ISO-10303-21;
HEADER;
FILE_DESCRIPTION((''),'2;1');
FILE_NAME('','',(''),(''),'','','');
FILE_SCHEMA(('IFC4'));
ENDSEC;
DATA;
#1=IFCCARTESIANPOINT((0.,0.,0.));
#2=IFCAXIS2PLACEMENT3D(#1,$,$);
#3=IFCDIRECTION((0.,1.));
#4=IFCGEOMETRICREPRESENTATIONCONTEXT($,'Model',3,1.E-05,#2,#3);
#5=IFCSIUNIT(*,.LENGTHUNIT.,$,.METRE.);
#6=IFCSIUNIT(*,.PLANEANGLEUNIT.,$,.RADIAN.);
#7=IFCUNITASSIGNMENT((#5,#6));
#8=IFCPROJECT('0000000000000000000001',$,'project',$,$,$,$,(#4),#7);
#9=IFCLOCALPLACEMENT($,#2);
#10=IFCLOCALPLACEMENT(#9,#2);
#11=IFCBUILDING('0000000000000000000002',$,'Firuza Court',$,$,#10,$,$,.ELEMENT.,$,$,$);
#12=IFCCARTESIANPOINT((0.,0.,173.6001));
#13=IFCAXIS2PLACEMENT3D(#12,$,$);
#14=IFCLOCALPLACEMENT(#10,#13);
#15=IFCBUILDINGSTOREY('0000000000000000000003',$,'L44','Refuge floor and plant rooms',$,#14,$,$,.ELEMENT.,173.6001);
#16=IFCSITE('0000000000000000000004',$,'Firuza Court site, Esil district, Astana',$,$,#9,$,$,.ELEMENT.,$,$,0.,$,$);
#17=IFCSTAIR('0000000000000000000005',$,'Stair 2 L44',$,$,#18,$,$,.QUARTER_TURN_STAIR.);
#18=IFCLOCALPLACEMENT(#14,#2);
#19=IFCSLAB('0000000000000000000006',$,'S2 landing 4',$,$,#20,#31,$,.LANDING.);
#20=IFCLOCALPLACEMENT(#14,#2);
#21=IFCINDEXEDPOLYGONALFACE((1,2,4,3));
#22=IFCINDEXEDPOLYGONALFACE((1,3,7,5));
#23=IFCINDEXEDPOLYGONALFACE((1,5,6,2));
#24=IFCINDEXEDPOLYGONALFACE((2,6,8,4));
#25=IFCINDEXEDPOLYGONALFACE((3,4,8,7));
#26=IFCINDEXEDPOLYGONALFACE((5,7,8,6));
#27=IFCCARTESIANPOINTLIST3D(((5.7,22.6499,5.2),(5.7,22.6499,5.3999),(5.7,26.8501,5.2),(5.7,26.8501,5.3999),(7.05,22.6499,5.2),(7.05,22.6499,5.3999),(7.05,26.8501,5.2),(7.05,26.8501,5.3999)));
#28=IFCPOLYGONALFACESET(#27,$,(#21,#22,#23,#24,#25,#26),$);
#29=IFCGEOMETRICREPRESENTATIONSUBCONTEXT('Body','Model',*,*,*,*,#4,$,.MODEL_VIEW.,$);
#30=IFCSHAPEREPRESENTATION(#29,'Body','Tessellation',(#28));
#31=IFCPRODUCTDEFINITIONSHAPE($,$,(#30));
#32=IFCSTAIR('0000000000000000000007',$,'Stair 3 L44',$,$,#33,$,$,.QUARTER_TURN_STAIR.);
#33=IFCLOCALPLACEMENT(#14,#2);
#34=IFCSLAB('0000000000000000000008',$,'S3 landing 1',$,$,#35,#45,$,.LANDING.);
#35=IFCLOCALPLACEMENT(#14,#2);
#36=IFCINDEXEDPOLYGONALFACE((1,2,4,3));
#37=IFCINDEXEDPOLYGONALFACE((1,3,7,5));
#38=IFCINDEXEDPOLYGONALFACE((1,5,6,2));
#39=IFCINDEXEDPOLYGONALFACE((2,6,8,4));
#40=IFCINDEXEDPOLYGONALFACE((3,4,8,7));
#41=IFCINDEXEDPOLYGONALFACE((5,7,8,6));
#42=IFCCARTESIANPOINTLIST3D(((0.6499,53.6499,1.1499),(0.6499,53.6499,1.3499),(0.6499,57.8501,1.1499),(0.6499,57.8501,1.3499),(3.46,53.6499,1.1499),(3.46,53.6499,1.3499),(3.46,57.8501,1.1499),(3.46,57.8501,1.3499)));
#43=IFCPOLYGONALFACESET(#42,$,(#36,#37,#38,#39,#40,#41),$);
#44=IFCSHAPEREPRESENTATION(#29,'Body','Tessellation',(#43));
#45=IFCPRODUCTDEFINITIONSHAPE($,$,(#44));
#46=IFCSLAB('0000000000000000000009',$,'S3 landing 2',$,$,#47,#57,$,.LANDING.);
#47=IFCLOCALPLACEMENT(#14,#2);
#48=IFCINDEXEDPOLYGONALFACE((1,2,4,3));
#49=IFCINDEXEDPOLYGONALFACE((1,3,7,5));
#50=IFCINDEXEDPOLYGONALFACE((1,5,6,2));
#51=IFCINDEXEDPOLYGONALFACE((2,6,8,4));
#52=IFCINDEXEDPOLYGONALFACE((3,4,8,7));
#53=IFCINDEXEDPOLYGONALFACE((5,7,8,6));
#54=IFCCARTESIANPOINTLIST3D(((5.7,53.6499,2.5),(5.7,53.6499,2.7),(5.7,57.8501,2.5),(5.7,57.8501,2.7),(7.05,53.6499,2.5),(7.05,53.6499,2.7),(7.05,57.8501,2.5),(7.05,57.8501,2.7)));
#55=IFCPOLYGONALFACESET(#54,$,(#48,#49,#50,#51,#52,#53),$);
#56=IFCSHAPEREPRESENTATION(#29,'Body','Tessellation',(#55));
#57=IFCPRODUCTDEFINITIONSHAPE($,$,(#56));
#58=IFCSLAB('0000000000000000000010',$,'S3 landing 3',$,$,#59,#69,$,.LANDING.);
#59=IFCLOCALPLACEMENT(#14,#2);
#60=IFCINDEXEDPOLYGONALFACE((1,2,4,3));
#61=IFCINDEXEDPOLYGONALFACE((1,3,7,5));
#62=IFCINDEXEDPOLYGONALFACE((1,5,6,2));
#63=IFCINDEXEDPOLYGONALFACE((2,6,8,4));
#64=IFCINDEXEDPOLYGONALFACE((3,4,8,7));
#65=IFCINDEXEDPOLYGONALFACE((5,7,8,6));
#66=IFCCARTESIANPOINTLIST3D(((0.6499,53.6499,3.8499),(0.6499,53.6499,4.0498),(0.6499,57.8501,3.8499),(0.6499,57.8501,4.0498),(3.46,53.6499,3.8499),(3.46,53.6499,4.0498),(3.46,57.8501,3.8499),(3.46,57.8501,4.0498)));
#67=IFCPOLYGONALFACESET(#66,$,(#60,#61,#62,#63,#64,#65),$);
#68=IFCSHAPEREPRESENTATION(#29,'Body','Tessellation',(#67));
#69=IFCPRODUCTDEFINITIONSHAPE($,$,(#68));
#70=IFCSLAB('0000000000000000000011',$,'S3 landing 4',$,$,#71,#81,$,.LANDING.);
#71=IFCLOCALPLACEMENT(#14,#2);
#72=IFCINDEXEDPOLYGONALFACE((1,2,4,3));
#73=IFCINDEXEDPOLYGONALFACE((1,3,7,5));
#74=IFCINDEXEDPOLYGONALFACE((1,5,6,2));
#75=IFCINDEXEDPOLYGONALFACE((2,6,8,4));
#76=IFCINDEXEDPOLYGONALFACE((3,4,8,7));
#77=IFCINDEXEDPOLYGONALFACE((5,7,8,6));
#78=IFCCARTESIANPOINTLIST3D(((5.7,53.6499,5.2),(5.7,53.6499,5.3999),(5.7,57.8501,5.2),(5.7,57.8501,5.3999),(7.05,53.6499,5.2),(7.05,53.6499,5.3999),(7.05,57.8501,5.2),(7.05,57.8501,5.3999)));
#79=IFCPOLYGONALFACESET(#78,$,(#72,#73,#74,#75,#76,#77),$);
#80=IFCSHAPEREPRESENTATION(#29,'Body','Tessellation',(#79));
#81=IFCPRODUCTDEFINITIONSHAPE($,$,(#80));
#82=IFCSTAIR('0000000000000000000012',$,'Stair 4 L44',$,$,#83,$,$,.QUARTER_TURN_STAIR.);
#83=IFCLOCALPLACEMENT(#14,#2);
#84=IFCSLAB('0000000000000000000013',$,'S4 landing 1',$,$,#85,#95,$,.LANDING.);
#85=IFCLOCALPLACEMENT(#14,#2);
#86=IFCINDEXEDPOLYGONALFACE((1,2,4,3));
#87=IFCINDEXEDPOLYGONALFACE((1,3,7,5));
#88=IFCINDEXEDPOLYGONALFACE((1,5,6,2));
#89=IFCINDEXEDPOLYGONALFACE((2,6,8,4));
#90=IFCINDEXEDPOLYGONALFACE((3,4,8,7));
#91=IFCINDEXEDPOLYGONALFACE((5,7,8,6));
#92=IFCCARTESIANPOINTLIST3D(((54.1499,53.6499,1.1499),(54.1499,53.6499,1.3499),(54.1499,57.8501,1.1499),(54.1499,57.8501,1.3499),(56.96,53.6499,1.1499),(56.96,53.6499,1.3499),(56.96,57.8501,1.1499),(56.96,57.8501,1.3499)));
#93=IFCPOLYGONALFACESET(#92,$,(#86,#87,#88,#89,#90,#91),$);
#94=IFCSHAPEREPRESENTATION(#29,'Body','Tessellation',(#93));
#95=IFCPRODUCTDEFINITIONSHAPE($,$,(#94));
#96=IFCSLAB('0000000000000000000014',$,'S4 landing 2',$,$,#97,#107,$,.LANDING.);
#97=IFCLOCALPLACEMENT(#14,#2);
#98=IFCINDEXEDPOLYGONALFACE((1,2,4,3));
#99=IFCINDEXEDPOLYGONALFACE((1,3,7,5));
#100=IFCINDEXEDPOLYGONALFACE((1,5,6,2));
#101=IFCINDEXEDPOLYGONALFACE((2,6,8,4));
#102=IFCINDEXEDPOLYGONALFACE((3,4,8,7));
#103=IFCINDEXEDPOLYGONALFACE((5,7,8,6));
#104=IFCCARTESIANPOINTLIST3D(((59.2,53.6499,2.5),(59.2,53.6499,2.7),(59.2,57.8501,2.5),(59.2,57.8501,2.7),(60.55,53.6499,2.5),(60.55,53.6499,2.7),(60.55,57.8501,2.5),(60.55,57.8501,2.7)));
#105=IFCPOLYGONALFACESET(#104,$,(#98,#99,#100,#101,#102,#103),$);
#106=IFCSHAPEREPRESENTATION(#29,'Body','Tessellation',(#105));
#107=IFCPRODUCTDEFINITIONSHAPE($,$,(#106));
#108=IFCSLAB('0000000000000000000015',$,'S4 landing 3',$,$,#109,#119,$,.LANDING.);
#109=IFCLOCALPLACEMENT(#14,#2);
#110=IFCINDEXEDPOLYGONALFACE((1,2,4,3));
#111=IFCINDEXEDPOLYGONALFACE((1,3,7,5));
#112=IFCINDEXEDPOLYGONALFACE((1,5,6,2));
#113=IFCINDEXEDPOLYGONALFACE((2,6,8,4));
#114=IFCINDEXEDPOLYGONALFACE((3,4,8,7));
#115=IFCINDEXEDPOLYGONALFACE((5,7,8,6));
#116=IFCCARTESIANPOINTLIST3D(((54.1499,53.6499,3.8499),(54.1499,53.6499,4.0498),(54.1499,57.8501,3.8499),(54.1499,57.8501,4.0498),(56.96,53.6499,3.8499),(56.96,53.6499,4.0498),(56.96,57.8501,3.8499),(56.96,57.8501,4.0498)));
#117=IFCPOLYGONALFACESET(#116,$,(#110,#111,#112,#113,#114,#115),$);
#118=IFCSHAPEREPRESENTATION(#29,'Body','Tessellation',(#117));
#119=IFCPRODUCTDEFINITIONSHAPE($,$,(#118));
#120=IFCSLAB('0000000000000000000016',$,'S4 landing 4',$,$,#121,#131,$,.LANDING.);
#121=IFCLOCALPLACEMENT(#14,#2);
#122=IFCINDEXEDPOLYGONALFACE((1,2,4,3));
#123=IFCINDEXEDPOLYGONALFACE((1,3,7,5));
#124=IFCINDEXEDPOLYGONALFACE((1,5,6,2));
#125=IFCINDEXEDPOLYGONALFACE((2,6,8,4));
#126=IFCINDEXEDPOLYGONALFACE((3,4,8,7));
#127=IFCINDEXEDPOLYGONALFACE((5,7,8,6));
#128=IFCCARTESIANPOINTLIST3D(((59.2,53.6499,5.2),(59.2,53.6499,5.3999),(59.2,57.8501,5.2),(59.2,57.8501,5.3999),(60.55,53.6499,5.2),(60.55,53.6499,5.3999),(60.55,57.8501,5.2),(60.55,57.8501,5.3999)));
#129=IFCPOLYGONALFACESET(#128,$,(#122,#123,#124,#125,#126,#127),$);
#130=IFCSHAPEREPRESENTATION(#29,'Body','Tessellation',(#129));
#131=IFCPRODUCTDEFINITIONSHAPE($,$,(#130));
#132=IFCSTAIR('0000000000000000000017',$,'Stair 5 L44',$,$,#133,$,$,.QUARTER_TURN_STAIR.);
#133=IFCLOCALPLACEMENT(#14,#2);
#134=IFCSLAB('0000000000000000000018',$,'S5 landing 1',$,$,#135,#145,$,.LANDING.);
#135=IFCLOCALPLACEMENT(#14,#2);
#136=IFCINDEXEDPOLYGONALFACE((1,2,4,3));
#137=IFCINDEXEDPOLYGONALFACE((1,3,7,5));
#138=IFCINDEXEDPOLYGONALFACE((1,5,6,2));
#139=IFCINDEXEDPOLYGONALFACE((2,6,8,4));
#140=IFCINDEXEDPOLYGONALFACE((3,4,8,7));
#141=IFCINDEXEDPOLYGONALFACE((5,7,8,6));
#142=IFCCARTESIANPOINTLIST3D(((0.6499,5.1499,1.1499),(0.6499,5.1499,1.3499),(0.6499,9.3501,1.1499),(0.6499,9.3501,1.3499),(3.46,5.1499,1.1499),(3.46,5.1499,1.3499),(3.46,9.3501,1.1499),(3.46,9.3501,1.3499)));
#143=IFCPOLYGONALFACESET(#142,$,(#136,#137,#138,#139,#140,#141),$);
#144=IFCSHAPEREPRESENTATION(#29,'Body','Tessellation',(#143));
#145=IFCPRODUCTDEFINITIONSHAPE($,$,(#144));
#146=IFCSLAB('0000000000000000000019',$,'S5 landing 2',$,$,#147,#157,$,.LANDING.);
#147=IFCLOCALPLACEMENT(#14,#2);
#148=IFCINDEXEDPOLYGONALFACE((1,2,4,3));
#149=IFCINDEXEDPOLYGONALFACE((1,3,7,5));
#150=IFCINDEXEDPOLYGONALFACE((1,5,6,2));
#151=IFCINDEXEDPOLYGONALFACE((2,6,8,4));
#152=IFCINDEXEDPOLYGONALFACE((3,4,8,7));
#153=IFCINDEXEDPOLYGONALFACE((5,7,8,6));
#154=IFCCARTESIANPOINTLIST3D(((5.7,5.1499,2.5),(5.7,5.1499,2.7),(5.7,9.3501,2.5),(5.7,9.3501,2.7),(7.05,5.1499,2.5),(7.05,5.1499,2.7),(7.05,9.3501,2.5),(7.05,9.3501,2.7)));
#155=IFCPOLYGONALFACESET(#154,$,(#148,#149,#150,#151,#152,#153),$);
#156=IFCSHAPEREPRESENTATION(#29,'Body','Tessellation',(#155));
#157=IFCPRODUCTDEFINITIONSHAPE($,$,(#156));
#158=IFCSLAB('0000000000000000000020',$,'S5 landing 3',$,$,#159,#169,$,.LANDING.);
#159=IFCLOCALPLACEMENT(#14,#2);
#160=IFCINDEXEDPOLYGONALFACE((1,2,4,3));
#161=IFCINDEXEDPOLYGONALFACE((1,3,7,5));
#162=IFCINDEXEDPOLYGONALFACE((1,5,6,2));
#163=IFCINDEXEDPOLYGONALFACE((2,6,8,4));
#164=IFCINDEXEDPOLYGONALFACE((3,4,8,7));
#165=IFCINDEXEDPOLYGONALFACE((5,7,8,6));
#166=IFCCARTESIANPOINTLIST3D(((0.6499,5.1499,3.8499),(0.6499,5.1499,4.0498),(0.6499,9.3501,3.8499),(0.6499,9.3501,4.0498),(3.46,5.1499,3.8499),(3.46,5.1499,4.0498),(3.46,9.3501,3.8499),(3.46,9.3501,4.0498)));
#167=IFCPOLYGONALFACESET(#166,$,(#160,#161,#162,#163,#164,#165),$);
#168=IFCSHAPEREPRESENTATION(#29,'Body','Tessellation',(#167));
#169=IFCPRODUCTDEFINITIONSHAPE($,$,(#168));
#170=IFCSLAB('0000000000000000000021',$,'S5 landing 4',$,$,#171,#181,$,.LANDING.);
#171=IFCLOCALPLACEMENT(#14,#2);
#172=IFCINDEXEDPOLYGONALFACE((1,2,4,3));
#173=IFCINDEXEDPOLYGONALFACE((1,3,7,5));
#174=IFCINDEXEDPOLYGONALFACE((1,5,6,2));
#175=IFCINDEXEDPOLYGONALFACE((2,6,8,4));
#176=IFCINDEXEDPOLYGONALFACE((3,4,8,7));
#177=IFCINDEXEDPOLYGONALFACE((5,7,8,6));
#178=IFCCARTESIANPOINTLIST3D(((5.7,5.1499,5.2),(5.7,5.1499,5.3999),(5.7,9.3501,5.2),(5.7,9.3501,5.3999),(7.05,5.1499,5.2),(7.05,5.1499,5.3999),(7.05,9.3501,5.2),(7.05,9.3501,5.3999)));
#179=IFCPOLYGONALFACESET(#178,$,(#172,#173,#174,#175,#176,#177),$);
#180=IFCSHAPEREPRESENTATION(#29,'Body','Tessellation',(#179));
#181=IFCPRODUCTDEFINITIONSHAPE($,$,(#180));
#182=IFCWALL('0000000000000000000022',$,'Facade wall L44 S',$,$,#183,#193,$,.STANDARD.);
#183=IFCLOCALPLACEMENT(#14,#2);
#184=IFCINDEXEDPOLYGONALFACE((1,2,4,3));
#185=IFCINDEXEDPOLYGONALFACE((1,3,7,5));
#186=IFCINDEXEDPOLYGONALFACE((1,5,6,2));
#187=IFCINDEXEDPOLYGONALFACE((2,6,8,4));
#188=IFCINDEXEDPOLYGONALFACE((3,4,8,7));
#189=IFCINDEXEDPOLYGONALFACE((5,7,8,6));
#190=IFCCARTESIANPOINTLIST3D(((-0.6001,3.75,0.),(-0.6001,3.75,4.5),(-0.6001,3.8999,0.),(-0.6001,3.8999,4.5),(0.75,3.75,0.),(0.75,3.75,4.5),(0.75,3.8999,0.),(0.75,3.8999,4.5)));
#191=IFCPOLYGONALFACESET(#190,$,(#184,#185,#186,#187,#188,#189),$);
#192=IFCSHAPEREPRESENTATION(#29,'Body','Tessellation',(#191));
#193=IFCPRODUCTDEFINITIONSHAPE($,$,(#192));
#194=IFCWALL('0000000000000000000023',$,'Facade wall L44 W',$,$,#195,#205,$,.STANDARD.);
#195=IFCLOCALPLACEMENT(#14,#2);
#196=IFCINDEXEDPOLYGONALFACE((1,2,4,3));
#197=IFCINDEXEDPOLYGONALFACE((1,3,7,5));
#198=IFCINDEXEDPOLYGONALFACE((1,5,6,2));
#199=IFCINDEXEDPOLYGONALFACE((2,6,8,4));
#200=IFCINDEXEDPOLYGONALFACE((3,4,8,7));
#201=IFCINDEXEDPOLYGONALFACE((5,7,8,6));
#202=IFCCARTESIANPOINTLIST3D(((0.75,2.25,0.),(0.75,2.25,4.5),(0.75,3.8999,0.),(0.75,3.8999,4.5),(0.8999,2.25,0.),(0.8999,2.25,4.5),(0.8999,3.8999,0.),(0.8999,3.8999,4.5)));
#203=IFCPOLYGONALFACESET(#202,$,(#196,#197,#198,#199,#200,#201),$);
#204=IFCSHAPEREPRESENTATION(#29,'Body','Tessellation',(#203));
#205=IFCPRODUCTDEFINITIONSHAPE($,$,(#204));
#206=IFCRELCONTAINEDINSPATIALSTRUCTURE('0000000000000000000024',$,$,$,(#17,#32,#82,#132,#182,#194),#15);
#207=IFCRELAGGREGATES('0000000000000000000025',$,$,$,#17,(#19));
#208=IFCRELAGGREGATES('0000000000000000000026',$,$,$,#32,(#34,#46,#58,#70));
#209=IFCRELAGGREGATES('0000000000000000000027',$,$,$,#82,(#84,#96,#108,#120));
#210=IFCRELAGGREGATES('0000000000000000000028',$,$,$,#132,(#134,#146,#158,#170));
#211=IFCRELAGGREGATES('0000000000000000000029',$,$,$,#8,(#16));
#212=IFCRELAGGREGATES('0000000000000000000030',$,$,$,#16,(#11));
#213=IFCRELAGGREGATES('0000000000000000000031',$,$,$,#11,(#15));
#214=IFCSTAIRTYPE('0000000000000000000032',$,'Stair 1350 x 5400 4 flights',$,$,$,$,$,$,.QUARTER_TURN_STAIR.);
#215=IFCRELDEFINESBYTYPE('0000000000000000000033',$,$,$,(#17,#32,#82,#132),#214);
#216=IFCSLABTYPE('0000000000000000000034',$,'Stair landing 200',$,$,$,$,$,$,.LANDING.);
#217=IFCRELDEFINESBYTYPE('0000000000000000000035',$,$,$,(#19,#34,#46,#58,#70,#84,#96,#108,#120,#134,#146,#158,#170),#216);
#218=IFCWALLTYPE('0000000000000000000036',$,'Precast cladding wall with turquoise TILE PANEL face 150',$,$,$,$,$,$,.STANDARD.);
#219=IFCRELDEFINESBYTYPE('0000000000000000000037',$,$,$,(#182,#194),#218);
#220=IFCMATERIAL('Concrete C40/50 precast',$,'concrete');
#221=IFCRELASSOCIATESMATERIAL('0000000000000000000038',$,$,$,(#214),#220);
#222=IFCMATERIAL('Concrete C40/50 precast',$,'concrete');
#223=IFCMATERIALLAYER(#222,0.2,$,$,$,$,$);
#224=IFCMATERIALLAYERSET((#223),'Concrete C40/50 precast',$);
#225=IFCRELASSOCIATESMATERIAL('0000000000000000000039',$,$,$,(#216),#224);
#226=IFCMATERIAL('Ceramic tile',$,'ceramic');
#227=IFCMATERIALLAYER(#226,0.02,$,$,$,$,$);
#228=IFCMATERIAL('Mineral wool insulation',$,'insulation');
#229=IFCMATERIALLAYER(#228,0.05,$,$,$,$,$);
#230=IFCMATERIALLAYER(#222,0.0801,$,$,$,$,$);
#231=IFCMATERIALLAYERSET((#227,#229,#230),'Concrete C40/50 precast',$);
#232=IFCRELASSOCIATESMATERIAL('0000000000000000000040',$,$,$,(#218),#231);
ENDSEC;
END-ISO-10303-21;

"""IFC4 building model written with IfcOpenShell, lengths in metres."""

from ifc_helpers import new_model, si_unit, direction, frame, frame_2d, origin, place, context, subcontext, project, spatial, polyline, rectangle, outline, extrude, material, layer, layer_set, type_object, element, aggregate, save


model = new_model("IFC4")

# Units and contexts
model_context = context("Model", 3, precision=1e-05, world=origin(), true_north=direction((0.0, 1.0)))
body_context = subcontext(model_context, "Body", "Model", "MODEL_VIEW")
ifc_project = project(units=[si_unit("LENGTHUNIT", "METRE"), si_unit("PLANEANGLEUNIT", "RADIAN")], contexts=[model_context])

# Site, building, storey
site_placement = place(None, origin())
site = spatial("IfcSite", under=ifc_project, at=site_placement, Name="Firuza Court site, Esil district, Astana", CompositionType="ELEMENT", RefElevation=0.0)
building_placement = place(site_placement, origin())
building = spatial("IfcBuilding", under=site, at=building_placement, Name="Firuza Court", CompositionType="ELEMENT")
storey_placement = place(building_placement, frame((0.0, 0.0, 173.6001)))
storey = spatial("IfcBuildingStorey", under=building, at=storey_placement, Name="L44", Description="Refuge floor and plant rooms", CompositionType="ELEMENT", Elevation=173.6001)

# Stairs, slabs
ifc_material_1 = material(Name="Concrete C40/50 precast", Category="concrete")
stair_type = type_object("IfcStairType", Name="Stair 1350 x 5400 4 flights", PredefinedType="QUARTER_TURN_STAIR", material=ifc_material_1)
ifc_material_2 = material(Name="Concrete C40/50 precast", Category="concrete")
ifc_layer_1 = layer(ifc_material_2, 0.2)
ifc_layer_set_1 = layer_set([ifc_layer_1], Name="Concrete C40/50 precast")
slab_type_1 = type_object("IfcSlabType", Name="Stair landing 200", PredefinedType="LANDING", material=ifc_layer_set_1)
stair_1_placement = place(storey_placement, origin())
stair_1 = element("IfcStair", 1, at=stair_1_placement, inside=storey, type_object=stair_type, Name="Stair 2 L44", PredefinedType="QUARTER_TURN_STAIR")
slab_1_placement = place(storey_placement, frame((0.0, 0.0, 5.2)))
slab_1 = element("IfcSlab", 2, at=slab_1_placement, type_object=slab_type_1, Name="S2 landing 4", PredefinedType="LANDING", context=body_context, shape_type="SweptSolid", body=[
    extrude(outline(polyline([(7.05, 22.6499), (7.05, 26.8501), (5.7, 26.8501), (5.7, 22.6499), (7.05, 22.6499)])), origin(), (0.0, 0.0, 1.0), 0.2),
])
aggregate(stair_1, [slab_1])
stair_2_placement = place(storey_placement, origin())
stair_2 = element("IfcStair", 3, at=stair_2_placement, inside=storey, type_object=stair_type, Name="Stair 3 L44", PredefinedType="QUARTER_TURN_STAIR")
slab_2_placement = place(storey_placement, frame((0.0, 0.0, 1.1499)))
slab_2 = element("IfcSlab", 4, at=slab_2_placement, type_object=slab_type_1, Name="S3 landing 1", PredefinedType="LANDING", context=body_context, shape_type="SweptSolid", body=[
    extrude(outline(polyline([(3.46, 53.6499), (3.46, 57.8501), (0.6499, 57.8501), (0.6499, 53.6499), (3.46, 53.6499)])), origin(), (0.0, 0.0, 1.0), 0.2),
])
slab_3_placement = place(storey_placement, frame((0.0, 0.0, 2.5)))
slab_3 = element("IfcSlab", 5, at=slab_3_placement, type_object=slab_type_1, Name="S3 landing 2", PredefinedType="LANDING", context=body_context, shape_type="SweptSolid", body=[
    extrude(outline(polyline([(7.05, 53.6499), (7.05, 57.8501), (5.7, 57.8501), (5.7, 53.6499), (7.05, 53.6499)])), origin(), (0.0, 0.0, 1.0), 0.2),
])
slab_4_placement = place(storey_placement, frame((0.0, 0.0, 3.8499)))
slab_4 = element("IfcSlab", 6, at=slab_4_placement, type_object=slab_type_1, Name="S3 landing 3", PredefinedType="LANDING", context=body_context, shape_type="SweptSolid", body=[
    extrude(outline(polyline([(3.46, 53.6499), (3.46, 57.8501), (0.6499, 57.8501), (0.6499, 53.6499), (3.46, 53.6499)])), origin(), (0.0, 0.0, 1.0), 0.2),
])
slab_5_placement = place(storey_placement, frame((0.0, 0.0, 5.2)))
slab_5 = element("IfcSlab", 7, at=slab_5_placement, type_object=slab_type_1, Name="S3 landing 4", PredefinedType="LANDING", context=body_context, shape_type="SweptSolid", body=[
    extrude(outline(polyline([(7.05, 53.6499), (7.05, 57.8501), (5.7, 57.8501), (5.7, 53.6499), (7.05, 53.6499)])), origin(), (0.0, 0.0, 1.0), 0.2),
])
aggregate(stair_2, [slab_2, slab_3, slab_4, slab_5])
stair_3_placement = place(storey_placement, origin())
stair_3 = element("IfcStair", 8, at=stair_3_placement, inside=storey, type_object=stair_type, Name="Stair 4 L44", PredefinedType="QUARTER_TURN_STAIR")
slab_6_placement = place(storey_placement, frame((0.0, 0.0, 1.1499)))
slab_6 = element("IfcSlab", 9, at=slab_6_placement, type_object=slab_type_1, Name="S4 landing 1", PredefinedType="LANDING", context=body_context, shape_type="SweptSolid", body=[
    extrude(outline(polyline([(56.96, 53.6499), (56.96, 57.8501), (54.1499, 57.8501), (54.1499, 53.6499), (56.96, 53.6499)])), origin(), (0.0, 0.0, 1.0), 0.2),
])
slab_7_placement = place(storey_placement, frame((0.0, 0.0, 2.5)))
slab_7 = element("IfcSlab", 10, at=slab_7_placement, type_object=slab_type_1, Name="S4 landing 2", PredefinedType="LANDING", context=body_context, shape_type="SweptSolid", body=[
    extrude(outline(polyline([(60.55, 53.6499), (60.55, 57.8501), (59.2, 57.8501), (59.2, 53.6499), (60.55, 53.6499)])), origin(), (0.0, 0.0, 1.0), 0.2),
])
slab_8_placement = place(storey_placement, frame((0.0, 0.0, 3.8499)))
slab_8 = element("IfcSlab", 11, at=slab_8_placement, type_object=slab_type_1, Name="S4 landing 3", PredefinedType="LANDING", context=body_context, shape_type="SweptSolid", body=[
    extrude(outline(polyline([(56.96, 53.6499), (56.96, 57.8501), (54.1499, 57.8501), (54.1499, 53.6499), (56.96, 53.6499)])), origin(), (0.0, 0.0, 1.0), 0.2),
])
slab_9_placement = place(storey_placement, frame((0.0, 0.0, 5.2)))
slab_9 = element("IfcSlab", 12, at=slab_9_placement, type_object=slab_type_1, Name="S4 landing 4", PredefinedType="LANDING", context=body_context, shape_type="SweptSolid", body=[
    extrude(outline(polyline([(60.55, 53.6499), (60.55, 57.8501), (59.2, 57.8501), (59.2, 53.6499), (60.55, 53.6499)])), origin(), (0.0, 0.0, 1.0), 0.2),
])
aggregate(stair_3, [slab_6, slab_7, slab_8, slab_9])
stair_4_placement = place(storey_placement, origin())
stair_4 = element("IfcStair", 13, at=stair_4_placement, inside=storey, type_object=stair_type, Name="Stair 5 L44", PredefinedType="QUARTER_TURN_STAIR")
slab_10_placement = place(storey_placement, frame((0.0, 0.0, 1.1499)))
slab_10 = element("IfcSlab", 14, at=slab_10_placement, type_object=slab_type_1, Name="S5 landing 1", PredefinedType="LANDING", context=body_context, shape_type="SweptSolid", body=[
    extrude(outline(polyline([(3.46, 5.1499), (3.46, 9.3501), (0.6499, 9.3501), (0.6499, 5.1499), (3.46, 5.1499)])), origin(), (0.0, 0.0, 1.0), 0.2),
])
slab_11_placement = place(storey_placement, frame((0.0, 0.0, 2.5)))
slab_11 = element("IfcSlab", 15, at=slab_11_placement, type_object=slab_type_1, Name="S5 landing 2", PredefinedType="LANDING", context=body_context, shape_type="SweptSolid", body=[
    extrude(outline(polyline([(7.05, 5.1499), (7.05, 9.3501), (5.7, 9.3501), (5.7, 5.1499), (7.05, 5.1499)])), origin(), (0.0, 0.0, 1.0), 0.2),
])
slab_12_placement = place(storey_placement, frame((0.0, 0.0, 3.8499)))
slab_12 = element("IfcSlab", 16, at=slab_12_placement, type_object=slab_type_1, Name="S5 landing 3", PredefinedType="LANDING", context=body_context, shape_type="SweptSolid", body=[
    extrude(outline(polyline([(3.46, 5.1499), (3.46, 9.3501), (0.6499, 9.3501), (0.6499, 5.1499), (3.46, 5.1499)])), origin(), (0.0, 0.0, 1.0), 0.2),
])
slab_13_placement = place(storey_placement, frame((0.0, 0.0, 5.2)))
slab_13 = element("IfcSlab", 17, at=slab_13_placement, type_object=slab_type_1, Name="S5 landing 4", PredefinedType="LANDING", context=body_context, shape_type="SweptSolid", body=[
    extrude(outline(polyline([(7.05, 5.1499), (7.05, 9.3501), (5.7, 9.3501), (5.7, 5.1499), (7.05, 5.1499)])), origin(), (0.0, 0.0, 1.0), 0.2),
])
aggregate(stair_4, [slab_10, slab_11, slab_12, slab_13])

# Walls
ifc_material_3 = material(Name="Ceramic tile", Category="ceramic")
ifc_layer_2 = layer(ifc_material_3, 0.02)
ifc_material_4 = material(Name="Mineral wool insulation", Category="insulation")
ifc_layer_3 = layer(ifc_material_4, 0.05)
ifc_layer_4 = layer(ifc_material_2, 0.0801)
ifc_layer_set_2 = layer_set([ifc_layer_2, ifc_layer_3, ifc_layer_4], Name="Concrete C40/50 precast")
wall_type = type_object("IfcWallType", Name="Precast cladding wall with turquoise TILE PANEL face 150", PredefinedType="STANDARD", material=ifc_layer_set_2)
wall_1_placement = place(storey_placement, frame((-0.6001, 3.825, 0.0), z_axis=(0.0, 0.0, 1.0), x_axis=(1.0, 0.0, 0.0)))
element("IfcWall", 18, at=wall_1_placement, inside=storey, type_object=wall_type, Name="Facade wall L44 S", PredefinedType="STANDARD", context=body_context, shape_type="SweptSolid", body=[
    extrude(rectangle(XDim=1.3501, YDim=0.1499, at=frame_2d((0.675, 0.0))), origin(), (0.0, 0.0, 1.0), 4.5),
])
wall_2_placement = place(storey_placement, frame((0.825, 3.8999, 0.0), z_axis=(0.0, 0.0, 1.0), x_axis=(0.0, -1.0, 0.0)))
element("IfcWall", 19, at=wall_2_placement, inside=storey, type_object=wall_type, Name="Facade wall L44 W", PredefinedType="STANDARD", context=body_context, shape_type="SweptSolid", body=[
    extrude(rectangle(XDim=1.6499, YDim=0.1499, at=frame_2d((0.825, 0.0))), origin(), (0.0, 0.0, 1.0), 4.5),
])

save(model, "model.ifc")
